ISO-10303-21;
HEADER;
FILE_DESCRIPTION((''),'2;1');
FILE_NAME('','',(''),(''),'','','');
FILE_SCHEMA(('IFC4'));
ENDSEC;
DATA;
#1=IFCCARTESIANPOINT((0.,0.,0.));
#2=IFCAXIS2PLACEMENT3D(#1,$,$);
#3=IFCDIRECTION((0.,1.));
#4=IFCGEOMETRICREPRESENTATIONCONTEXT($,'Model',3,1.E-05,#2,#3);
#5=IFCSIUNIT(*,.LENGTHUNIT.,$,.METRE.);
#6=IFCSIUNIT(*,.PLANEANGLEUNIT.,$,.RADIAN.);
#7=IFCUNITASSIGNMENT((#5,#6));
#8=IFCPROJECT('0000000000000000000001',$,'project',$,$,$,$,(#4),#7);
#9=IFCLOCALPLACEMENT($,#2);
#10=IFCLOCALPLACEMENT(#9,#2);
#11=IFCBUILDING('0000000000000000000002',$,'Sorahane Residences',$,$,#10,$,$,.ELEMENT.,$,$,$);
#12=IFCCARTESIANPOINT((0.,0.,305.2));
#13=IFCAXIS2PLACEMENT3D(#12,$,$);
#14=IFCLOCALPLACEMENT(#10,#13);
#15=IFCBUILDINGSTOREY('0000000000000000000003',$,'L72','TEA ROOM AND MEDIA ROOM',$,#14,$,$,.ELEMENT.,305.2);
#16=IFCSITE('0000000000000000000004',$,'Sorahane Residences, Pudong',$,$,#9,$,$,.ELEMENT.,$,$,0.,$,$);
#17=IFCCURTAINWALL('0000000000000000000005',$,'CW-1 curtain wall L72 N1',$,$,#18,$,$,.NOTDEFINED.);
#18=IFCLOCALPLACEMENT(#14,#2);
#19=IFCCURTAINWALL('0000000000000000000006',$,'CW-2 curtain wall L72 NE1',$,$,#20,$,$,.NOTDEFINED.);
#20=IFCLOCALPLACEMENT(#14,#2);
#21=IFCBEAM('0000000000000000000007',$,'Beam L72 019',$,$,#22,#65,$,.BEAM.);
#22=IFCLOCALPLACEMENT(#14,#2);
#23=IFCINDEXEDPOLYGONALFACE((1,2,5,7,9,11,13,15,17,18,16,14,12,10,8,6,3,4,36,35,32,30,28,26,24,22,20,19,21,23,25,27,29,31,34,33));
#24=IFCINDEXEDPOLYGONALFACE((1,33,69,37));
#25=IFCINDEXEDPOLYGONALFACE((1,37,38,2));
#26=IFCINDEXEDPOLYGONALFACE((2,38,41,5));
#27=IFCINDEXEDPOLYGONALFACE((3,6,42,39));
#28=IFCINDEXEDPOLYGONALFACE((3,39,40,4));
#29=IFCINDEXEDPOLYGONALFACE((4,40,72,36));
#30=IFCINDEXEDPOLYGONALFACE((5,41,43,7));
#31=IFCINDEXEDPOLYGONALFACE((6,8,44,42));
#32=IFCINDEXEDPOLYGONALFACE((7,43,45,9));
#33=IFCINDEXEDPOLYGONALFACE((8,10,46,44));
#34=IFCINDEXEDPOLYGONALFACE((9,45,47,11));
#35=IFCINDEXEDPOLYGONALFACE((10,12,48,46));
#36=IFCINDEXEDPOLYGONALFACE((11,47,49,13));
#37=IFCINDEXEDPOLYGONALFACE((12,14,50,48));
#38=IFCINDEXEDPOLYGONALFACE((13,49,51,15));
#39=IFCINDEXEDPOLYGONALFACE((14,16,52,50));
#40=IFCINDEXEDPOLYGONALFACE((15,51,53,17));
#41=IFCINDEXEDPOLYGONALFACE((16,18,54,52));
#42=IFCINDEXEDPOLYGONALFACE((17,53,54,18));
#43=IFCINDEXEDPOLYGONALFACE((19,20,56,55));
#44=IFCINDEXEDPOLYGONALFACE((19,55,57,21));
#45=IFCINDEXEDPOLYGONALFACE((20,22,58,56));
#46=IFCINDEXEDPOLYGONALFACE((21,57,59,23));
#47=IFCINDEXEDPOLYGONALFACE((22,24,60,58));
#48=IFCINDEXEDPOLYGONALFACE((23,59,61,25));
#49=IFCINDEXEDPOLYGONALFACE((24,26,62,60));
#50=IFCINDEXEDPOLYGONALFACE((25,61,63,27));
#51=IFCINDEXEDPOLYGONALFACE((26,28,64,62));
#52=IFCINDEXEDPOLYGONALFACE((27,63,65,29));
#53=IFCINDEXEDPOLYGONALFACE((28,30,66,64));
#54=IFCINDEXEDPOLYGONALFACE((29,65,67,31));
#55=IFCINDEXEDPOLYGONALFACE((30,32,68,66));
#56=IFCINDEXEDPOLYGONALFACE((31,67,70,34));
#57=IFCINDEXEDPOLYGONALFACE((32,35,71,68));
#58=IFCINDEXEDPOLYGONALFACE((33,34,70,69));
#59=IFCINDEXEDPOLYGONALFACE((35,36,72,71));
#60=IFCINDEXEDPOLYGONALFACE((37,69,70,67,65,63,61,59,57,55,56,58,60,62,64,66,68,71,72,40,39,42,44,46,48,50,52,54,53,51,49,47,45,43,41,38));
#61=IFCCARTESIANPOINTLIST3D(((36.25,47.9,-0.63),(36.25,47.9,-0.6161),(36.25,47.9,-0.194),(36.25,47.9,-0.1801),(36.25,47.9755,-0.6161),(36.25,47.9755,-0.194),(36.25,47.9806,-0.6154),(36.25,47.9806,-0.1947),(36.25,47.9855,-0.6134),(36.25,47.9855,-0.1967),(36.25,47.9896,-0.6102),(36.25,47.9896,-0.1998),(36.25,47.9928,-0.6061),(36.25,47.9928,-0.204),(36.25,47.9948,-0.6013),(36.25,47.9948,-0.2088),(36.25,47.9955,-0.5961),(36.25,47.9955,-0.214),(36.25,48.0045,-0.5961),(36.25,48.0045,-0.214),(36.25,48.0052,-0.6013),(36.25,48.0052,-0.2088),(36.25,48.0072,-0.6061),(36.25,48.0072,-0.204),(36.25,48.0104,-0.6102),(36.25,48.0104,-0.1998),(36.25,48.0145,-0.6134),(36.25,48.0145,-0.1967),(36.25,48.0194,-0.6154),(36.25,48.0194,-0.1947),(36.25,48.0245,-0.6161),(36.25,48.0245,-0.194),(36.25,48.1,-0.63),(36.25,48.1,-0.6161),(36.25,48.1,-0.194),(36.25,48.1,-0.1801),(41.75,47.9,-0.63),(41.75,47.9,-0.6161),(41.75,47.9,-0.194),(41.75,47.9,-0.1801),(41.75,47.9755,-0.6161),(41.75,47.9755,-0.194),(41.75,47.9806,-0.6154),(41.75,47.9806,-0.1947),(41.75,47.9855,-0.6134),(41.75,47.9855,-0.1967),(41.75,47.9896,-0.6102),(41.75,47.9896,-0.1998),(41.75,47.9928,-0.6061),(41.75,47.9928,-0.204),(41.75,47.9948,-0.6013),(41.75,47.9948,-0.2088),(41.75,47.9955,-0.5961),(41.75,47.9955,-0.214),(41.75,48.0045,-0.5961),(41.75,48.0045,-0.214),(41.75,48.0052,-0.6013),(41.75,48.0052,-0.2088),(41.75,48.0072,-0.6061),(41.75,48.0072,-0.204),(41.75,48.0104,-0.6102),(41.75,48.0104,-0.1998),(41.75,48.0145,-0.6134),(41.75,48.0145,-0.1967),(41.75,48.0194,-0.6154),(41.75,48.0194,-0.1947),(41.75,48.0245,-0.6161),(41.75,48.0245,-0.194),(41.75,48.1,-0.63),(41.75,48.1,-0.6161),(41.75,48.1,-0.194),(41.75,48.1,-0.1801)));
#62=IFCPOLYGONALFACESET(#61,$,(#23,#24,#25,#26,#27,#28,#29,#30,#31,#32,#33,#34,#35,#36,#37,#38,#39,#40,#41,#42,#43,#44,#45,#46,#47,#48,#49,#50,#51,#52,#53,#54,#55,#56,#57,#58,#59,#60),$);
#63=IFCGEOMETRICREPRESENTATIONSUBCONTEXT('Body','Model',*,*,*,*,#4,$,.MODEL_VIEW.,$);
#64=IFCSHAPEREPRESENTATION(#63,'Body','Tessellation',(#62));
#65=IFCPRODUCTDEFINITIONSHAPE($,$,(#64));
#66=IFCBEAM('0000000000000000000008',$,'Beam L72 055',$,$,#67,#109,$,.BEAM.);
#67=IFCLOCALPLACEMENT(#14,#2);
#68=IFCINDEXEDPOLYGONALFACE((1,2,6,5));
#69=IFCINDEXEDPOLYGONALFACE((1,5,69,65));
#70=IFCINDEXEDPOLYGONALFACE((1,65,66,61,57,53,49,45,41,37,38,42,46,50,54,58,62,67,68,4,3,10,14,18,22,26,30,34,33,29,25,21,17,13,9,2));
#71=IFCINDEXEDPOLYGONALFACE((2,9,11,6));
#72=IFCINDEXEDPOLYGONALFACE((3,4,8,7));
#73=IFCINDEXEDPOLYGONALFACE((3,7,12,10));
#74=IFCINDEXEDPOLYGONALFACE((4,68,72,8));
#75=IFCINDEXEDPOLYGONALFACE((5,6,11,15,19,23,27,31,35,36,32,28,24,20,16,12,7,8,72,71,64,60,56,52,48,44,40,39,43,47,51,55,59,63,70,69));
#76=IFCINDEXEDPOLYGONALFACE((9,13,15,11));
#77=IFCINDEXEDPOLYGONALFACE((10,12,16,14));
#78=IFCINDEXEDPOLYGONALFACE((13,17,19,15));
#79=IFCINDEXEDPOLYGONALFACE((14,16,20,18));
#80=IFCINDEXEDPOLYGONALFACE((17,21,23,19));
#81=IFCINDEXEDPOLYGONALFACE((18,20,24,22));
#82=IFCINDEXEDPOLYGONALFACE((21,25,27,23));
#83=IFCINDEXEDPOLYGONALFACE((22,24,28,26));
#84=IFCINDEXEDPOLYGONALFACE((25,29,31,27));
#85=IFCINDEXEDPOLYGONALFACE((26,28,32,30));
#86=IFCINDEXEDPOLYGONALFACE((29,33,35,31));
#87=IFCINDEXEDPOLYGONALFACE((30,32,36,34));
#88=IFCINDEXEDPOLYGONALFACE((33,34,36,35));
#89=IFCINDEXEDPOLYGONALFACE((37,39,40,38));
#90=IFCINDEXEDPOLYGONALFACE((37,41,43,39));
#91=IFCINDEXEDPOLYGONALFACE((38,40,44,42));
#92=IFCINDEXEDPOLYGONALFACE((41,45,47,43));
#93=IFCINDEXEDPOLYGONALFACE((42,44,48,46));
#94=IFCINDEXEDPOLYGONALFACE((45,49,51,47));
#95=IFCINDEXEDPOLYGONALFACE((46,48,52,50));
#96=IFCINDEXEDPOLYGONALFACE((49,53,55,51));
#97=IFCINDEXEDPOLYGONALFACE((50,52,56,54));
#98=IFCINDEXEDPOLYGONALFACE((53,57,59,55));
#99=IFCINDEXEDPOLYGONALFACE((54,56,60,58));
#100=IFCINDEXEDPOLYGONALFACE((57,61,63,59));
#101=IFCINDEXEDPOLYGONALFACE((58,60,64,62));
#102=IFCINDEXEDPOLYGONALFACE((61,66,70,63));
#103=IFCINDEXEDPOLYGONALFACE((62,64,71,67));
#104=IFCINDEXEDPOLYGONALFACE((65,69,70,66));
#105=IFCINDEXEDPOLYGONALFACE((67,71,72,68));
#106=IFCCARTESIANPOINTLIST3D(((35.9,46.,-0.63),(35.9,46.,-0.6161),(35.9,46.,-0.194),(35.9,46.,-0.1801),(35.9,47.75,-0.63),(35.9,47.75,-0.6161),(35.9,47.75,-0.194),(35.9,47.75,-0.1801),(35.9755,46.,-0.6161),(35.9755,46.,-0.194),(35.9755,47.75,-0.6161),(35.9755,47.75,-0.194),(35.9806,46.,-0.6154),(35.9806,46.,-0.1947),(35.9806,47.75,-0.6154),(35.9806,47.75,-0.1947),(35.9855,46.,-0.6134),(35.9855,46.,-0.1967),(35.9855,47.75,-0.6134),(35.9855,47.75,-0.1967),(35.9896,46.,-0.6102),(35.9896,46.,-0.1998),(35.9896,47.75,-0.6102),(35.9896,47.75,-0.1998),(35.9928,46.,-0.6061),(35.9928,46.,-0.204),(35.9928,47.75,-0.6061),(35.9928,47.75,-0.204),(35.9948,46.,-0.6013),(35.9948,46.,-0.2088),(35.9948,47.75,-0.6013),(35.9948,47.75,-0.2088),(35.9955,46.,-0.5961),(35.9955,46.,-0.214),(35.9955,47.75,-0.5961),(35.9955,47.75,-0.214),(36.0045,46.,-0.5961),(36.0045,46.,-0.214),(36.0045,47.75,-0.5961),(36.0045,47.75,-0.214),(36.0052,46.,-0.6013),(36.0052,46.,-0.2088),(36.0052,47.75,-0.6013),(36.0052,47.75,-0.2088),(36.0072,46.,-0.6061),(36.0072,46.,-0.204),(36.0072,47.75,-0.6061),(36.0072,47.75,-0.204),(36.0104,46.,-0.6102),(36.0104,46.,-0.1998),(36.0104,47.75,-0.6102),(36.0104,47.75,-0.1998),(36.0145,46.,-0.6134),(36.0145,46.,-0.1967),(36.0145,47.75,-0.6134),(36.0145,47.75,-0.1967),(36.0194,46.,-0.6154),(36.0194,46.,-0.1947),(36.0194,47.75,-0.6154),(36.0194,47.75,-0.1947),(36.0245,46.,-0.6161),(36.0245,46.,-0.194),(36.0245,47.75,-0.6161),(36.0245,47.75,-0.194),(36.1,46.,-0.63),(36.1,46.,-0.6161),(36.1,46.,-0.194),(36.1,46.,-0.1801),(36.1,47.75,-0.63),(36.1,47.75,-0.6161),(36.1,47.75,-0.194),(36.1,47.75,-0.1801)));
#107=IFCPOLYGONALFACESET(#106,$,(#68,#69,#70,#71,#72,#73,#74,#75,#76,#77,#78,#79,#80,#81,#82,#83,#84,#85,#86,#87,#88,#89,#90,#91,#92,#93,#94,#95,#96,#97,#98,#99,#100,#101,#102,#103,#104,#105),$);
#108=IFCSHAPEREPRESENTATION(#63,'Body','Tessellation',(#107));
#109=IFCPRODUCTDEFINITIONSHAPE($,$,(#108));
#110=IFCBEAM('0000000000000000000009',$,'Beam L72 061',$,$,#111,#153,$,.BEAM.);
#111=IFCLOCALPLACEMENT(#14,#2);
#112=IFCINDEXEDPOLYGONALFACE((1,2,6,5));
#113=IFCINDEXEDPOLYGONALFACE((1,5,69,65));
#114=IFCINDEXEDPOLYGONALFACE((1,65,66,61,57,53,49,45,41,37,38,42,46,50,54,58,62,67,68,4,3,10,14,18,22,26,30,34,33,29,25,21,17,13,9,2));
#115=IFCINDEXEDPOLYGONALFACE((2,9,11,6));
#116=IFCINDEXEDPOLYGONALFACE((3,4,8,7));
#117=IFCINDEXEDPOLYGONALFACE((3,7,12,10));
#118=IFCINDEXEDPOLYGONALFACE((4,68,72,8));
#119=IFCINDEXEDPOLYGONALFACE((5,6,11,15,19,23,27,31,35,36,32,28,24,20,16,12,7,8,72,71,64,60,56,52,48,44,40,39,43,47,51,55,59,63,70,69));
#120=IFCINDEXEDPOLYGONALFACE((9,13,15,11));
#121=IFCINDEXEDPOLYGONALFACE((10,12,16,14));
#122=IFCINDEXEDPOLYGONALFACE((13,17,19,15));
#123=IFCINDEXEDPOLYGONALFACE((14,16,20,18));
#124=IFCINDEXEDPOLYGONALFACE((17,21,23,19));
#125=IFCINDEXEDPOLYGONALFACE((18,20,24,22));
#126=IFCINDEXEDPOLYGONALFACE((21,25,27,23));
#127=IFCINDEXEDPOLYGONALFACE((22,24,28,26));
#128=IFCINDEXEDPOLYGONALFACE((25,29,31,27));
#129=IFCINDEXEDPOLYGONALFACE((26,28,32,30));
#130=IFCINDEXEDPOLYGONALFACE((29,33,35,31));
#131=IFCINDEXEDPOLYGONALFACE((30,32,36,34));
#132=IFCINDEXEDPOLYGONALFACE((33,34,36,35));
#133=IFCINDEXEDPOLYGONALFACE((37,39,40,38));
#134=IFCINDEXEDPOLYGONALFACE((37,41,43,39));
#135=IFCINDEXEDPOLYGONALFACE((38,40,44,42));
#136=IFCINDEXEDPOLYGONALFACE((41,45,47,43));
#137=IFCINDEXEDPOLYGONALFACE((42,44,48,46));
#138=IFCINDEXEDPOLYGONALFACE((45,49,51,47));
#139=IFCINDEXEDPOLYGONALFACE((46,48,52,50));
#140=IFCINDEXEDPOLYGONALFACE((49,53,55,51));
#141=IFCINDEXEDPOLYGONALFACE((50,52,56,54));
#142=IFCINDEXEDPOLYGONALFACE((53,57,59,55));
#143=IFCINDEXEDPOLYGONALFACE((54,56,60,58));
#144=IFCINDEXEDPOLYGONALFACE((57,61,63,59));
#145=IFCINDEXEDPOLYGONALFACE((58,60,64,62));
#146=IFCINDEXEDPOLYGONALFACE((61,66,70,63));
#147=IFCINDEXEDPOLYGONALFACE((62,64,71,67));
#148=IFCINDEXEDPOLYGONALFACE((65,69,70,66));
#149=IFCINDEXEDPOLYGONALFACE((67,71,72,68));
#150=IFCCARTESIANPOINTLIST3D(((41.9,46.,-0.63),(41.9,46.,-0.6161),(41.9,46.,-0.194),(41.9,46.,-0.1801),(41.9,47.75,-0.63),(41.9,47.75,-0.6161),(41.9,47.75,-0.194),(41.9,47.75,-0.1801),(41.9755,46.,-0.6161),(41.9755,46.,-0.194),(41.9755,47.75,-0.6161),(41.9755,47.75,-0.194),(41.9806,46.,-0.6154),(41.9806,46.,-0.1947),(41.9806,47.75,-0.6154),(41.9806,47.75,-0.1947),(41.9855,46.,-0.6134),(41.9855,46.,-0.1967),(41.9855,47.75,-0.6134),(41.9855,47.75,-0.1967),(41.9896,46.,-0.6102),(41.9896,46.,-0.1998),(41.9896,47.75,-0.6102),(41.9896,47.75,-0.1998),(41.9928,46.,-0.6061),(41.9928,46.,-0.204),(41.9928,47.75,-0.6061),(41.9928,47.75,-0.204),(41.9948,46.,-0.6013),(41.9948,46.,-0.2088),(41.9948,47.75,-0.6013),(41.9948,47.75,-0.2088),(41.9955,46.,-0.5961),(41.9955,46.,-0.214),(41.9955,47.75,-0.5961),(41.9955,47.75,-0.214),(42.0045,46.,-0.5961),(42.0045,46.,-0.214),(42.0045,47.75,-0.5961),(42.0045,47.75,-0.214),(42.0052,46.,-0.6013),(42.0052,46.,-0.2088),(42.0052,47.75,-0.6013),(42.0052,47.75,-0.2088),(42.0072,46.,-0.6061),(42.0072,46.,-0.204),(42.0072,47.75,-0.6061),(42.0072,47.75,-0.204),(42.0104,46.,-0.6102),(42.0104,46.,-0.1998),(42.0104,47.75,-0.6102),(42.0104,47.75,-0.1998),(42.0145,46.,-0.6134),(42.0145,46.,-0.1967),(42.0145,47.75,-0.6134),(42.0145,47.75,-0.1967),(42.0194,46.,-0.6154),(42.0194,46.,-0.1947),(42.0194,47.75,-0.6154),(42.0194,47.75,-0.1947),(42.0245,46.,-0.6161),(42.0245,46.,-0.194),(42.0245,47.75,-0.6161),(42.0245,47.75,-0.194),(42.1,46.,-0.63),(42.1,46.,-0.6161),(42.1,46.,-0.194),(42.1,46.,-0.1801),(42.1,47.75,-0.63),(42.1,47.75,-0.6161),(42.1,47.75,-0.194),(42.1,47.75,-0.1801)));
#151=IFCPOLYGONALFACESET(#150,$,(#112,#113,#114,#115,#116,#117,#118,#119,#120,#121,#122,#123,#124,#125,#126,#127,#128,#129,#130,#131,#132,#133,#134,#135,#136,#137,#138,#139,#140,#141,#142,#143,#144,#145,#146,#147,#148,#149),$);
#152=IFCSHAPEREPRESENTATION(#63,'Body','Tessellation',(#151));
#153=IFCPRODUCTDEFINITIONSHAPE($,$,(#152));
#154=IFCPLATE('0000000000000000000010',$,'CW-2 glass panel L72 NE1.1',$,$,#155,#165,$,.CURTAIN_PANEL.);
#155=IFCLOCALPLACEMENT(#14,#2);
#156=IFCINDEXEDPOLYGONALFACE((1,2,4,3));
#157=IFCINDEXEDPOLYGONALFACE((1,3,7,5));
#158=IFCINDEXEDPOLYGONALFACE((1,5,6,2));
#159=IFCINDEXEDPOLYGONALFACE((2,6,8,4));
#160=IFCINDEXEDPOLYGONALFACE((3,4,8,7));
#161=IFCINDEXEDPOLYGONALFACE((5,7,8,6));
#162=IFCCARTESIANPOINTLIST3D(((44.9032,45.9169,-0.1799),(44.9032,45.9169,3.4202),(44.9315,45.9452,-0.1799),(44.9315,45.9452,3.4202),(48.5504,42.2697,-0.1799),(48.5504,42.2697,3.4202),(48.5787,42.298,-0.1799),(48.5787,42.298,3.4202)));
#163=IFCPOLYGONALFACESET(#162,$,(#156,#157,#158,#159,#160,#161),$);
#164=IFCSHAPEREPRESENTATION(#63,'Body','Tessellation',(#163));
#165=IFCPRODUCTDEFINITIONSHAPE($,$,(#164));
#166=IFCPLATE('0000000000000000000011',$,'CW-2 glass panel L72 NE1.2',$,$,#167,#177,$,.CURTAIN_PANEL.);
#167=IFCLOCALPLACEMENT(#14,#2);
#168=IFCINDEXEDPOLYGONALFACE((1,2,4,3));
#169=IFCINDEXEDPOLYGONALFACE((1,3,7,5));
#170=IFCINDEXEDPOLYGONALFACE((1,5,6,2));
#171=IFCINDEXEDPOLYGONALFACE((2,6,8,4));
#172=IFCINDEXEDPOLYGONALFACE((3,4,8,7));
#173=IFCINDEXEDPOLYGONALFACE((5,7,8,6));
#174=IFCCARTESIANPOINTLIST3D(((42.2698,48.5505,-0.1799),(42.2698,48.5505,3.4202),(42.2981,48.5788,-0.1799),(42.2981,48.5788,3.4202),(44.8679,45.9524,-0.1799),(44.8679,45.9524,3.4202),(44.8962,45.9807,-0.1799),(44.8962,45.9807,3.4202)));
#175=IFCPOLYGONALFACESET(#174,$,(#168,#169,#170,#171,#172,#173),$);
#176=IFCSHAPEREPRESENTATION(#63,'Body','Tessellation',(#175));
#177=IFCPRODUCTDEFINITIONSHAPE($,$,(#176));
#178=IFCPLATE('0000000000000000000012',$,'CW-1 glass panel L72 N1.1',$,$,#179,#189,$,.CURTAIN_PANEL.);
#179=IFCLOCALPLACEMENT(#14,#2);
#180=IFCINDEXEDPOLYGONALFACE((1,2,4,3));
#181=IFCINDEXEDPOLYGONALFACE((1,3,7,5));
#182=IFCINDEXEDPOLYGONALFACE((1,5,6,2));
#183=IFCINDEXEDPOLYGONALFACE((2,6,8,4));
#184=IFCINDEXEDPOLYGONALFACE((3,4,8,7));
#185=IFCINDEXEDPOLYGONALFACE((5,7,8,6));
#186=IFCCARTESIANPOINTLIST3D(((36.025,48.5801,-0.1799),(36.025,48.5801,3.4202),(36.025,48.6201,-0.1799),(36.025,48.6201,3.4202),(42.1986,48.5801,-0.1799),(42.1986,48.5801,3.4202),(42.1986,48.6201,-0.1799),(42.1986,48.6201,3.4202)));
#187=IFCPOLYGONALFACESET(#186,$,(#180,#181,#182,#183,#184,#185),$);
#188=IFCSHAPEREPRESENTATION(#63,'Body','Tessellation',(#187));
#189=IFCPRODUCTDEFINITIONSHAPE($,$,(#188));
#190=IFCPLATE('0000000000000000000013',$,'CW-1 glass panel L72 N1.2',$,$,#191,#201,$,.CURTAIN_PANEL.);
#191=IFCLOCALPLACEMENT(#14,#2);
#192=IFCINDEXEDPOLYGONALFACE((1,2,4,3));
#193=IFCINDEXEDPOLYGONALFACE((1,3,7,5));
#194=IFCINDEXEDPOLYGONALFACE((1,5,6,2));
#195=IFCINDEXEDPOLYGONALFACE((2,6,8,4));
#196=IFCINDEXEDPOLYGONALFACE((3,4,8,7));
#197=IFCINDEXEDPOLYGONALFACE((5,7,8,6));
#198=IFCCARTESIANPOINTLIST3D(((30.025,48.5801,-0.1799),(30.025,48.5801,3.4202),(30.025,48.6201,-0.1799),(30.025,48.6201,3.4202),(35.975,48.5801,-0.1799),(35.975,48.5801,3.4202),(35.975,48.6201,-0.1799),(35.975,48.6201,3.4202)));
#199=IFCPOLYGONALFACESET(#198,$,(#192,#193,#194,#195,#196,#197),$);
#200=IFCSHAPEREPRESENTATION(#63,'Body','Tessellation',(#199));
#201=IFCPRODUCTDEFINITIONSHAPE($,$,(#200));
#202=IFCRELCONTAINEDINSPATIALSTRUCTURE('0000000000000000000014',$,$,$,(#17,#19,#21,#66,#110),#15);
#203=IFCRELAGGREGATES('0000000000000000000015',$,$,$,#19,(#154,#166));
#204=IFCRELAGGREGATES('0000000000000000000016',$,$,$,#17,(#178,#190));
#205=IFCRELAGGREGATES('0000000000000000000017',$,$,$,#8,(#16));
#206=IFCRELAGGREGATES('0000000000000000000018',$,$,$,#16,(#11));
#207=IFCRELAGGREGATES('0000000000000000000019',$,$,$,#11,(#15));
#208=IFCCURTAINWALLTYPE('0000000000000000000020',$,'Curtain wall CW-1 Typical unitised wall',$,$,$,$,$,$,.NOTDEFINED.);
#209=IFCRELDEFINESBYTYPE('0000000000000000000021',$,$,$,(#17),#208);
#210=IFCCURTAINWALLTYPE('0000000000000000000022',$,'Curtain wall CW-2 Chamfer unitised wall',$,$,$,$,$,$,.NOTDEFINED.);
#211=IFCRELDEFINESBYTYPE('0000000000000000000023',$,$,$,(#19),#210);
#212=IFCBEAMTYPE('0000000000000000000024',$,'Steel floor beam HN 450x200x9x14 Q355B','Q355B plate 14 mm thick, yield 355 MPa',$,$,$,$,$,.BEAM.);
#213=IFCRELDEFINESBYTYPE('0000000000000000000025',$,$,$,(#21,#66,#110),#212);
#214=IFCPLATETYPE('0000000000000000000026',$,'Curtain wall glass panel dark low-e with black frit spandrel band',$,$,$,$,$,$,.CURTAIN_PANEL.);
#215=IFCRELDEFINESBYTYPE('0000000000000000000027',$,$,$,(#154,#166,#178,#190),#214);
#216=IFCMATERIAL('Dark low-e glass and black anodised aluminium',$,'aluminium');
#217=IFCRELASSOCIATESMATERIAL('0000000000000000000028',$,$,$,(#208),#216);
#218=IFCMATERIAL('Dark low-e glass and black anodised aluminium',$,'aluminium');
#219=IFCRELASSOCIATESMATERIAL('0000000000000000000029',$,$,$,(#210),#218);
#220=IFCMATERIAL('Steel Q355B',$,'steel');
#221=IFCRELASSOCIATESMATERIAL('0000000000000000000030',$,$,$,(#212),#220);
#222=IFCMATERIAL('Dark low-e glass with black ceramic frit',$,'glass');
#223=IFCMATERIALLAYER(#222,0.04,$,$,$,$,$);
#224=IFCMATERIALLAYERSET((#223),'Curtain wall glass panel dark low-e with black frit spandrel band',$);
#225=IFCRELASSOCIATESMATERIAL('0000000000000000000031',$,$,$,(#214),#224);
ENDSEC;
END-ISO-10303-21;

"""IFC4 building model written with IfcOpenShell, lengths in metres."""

from ifc_helpers import new_model, si_unit, direction, frame, origin, origin_2d, place, context, subcontext, project, spatial, rectangle, i_section, extrude, material, layer, layer_set, material_profile, profile_set, type_object, element, aggregate, save


model = new_model("IFC4")

# Units and contexts
model_context = context("Model", 3, precision=1e-05, world=origin(), true_north=direction((0.0, 1.0)))
body_context = subcontext(model_context, "Body", "Model", "MODEL_VIEW")
ifc_project = project(units=[si_unit("LENGTHUNIT", "METRE"), si_unit("PLANEANGLEUNIT", "RADIAN")], contexts=[model_context])

# Site, building, storey
site_placement = place(None, origin())
site = spatial("IfcSite", under=ifc_project, at=site_placement, Name="Sorahane Residences, Pudong", CompositionType="ELEMENT", RefElevation=0.0)
building_placement = place(site_placement, origin())
building = spatial("IfcBuilding", under=site, at=building_placement, Name="Sorahane Residences", CompositionType="ELEMENT")
storey_placement = place(building_placement, frame((0.0, 0.0, 305.2)))
storey = spatial("IfcBuildingStorey", under=building, at=storey_placement, Name="L72", Description="TEA ROOM AND MEDIA ROOM", CompositionType="ELEMENT", Elevation=305.2)

# Curtain wall
ifc_material_1 = material(Name="Dark low-e glass and black anodised aluminium", Category="aluminium")
curtain_wall_type_1 = type_object("IfcCurtainWallType", Name="Curtain wall CW-1 Typical unitised wall", PredefinedType="NOTDEFINED", material=ifc_material_1)
curtain_wall_1_placement = place(storey_placement, origin())
curtain_wall_1 = element("IfcCurtainWall", 1, at=curtain_wall_1_placement, inside=storey, type_object=curtain_wall_type_1, Name="CW-1 curtain wall L72 N1", PredefinedType="NOTDEFINED")

# Curtain wall
ifc_material_2 = material(Name="Dark low-e glass and black anodised aluminium", Category="aluminium")
curtain_wall_type_2 = type_object("IfcCurtainWallType", Name="Curtain wall CW-2 Chamfer unitised wall", PredefinedType="NOTDEFINED", material=ifc_material_2)
curtain_wall_2_placement = place(storey_placement, origin())
curtain_wall_2 = element("IfcCurtainWall", 2, at=curtain_wall_2_placement, inside=storey, type_object=curtain_wall_type_2, Name="CW-2 curtain wall L72 NE1", PredefinedType="NOTDEFINED")

# Beams
ifc_material_3 = material(Name="Steel Q355B", Category="steel")
ifc_material_profile_1 = material_profile(ifc_material_3, i_section(OverallWidth=0.2, OverallDepth=0.45, WebThickness=0.009, FlangeThickness=0.0139, FilletRadius=0.02, at=origin_2d()), Name="HN 450x200x9x14")
ifc_profile_set_1 = profile_set([ifc_material_profile_1], Name="Steel Q355B")
beam_type = type_object("IfcBeamType", Name="Steel floor beam HN 450x200x9x14 Q355B", Description="Q355B plate 14 mm thick, yield 355 MPa", PredefinedType="BEAM", material=ifc_profile_set_1)
beam_placement = place(storey_placement, frame((36.25, 48.0, -0.405), z_axis=(1.0, 0.0, 0.0), x_axis=(0.0, 1.0, 0.0)))
element("IfcBeam", 3, at=beam_placement, inside=storey, type_object=beam_type, Name="Beam L72 019", PredefinedType="BEAM", context=body_context, shape_type="SweptSolid", body=[
    extrude(i_section(OverallWidth=0.2, OverallDepth=0.45, WebThickness=0.009, FlangeThickness=0.0139, FilletRadius=0.02, at=origin_2d()), origin(), (0.0, 0.0, 1.0), 5.5),
])
for number, where, z_axis, x_axis, name in (
    (4, (36.0, 46.0, -0.405), (0.0, 1.0, 0.0), (-1.0, 0.0, 0.0), "Beam L72 055"),
    (5, (42.0, 46.0, -0.405), (0.0, 1.0, 0.0), (-1.0, 0.0, 0.0), "Beam L72 061"),
):
    element("IfcBeam", number, at=place(storey_placement, frame(where, z_axis=z_axis, x_axis=x_axis)), inside=storey, type_object=beam_type, Name=name, PredefinedType="BEAM", context=body_context, shape_type="SweptSolid", body=[
        extrude(i_section(OverallWidth=0.2, OverallDepth=0.45, WebThickness=0.009, FlangeThickness=0.0139, FilletRadius=0.02, at=origin_2d()), origin(), (0.0, 0.0, 1.0), 1.75),
    ])

# Plates
ifc_material_4 = material(Name="Dark low-e glass with black ceramic frit", Category="glass")
ifc_layer_1 = layer(ifc_material_4, 0.04)
ifc_layer_set_1 = layer_set([ifc_layer_1], Name="Curtain wall glass panel dark low-e with black frit spandrel band")
plate_type = type_object("IfcPlateType", Name="Curtain wall glass panel dark low-e with black frit spandrel band", PredefinedType="CURTAIN_PANEL", material=ifc_layer_set_1)
plate_1_placement = place(storey_placement, frame((46.741, 44.1074, -0.1799), z_axis=(0.0, 0.0, 1.0), x_axis=(-0.707107, 0.707107, 0.0)))
plate_1 = element("IfcPlate", 6, at=plate_1_placement, type_object=plate_type, Name="CW-2 glass panel L72 NE1.1", PredefinedType="CURTAIN_PANEL", context=body_context, shape_type="SweptSolid", body=[
    extrude(rectangle(XDim=5.158, YDim=0.04, at=origin_2d()), origin(), (0.0, 0.0, 1.0), 3.6001),
])
plate_2_placement = place(storey_placement, frame((43.583, 47.2656, -0.1799), z_axis=(0.0, 0.0, 1.0), x_axis=(-0.707107, 0.707107, 0.0)))
plate_2 = element("IfcPlate", 7, at=plate_2_placement, type_object=plate_type, Name="CW-2 glass panel L72 NE1.2", PredefinedType="CURTAIN_PANEL", context=body_context, shape_type="SweptSolid", body=[
    extrude(rectangle(XDim=3.6743, YDim=0.04, at=origin_2d()), origin(), (0.0, 0.0, 1.0), 3.6001),
])
aggregate(curtain_wall_2, [plate_1, plate_2])
plate_3_placement = place(storey_placement, frame((39.1118, 48.6001, -0.1799), z_axis=(0.0, 0.0, 1.0), x_axis=(-1.0, 0.0, 0.0)))
plate_3 = element("IfcPlate", 8, at=plate_3_placement, type_object=plate_type, Name="CW-1 glass panel L72 N1.1", PredefinedType="CURTAIN_PANEL", context=body_context, shape_type="SweptSolid", body=[
    extrude(rectangle(XDim=6.1736, YDim=0.04, at=origin_2d()), origin(), (0.0, 0.0, 1.0), 3.6001),
])
plate_4_placement = place(storey_placement, frame((33.0, 48.6001, -0.1799), z_axis=(0.0, 0.0, 1.0), x_axis=(-1.0, 0.0, 0.0)))
plate_4 = element("IfcPlate", 9, at=plate_4_placement, type_object=plate_type, Name="CW-1 glass panel L72 N1.2", PredefinedType="CURTAIN_PANEL", context=body_context, shape_type="SweptSolid", body=[
    extrude(rectangle(XDim=5.95, YDim=0.04, at=origin_2d()), origin(), (0.0, 0.0, 1.0), 3.6001),
])
aggregate(curtain_wall_1, [plate_3, plate_4])

save(model, "model.ifc")
